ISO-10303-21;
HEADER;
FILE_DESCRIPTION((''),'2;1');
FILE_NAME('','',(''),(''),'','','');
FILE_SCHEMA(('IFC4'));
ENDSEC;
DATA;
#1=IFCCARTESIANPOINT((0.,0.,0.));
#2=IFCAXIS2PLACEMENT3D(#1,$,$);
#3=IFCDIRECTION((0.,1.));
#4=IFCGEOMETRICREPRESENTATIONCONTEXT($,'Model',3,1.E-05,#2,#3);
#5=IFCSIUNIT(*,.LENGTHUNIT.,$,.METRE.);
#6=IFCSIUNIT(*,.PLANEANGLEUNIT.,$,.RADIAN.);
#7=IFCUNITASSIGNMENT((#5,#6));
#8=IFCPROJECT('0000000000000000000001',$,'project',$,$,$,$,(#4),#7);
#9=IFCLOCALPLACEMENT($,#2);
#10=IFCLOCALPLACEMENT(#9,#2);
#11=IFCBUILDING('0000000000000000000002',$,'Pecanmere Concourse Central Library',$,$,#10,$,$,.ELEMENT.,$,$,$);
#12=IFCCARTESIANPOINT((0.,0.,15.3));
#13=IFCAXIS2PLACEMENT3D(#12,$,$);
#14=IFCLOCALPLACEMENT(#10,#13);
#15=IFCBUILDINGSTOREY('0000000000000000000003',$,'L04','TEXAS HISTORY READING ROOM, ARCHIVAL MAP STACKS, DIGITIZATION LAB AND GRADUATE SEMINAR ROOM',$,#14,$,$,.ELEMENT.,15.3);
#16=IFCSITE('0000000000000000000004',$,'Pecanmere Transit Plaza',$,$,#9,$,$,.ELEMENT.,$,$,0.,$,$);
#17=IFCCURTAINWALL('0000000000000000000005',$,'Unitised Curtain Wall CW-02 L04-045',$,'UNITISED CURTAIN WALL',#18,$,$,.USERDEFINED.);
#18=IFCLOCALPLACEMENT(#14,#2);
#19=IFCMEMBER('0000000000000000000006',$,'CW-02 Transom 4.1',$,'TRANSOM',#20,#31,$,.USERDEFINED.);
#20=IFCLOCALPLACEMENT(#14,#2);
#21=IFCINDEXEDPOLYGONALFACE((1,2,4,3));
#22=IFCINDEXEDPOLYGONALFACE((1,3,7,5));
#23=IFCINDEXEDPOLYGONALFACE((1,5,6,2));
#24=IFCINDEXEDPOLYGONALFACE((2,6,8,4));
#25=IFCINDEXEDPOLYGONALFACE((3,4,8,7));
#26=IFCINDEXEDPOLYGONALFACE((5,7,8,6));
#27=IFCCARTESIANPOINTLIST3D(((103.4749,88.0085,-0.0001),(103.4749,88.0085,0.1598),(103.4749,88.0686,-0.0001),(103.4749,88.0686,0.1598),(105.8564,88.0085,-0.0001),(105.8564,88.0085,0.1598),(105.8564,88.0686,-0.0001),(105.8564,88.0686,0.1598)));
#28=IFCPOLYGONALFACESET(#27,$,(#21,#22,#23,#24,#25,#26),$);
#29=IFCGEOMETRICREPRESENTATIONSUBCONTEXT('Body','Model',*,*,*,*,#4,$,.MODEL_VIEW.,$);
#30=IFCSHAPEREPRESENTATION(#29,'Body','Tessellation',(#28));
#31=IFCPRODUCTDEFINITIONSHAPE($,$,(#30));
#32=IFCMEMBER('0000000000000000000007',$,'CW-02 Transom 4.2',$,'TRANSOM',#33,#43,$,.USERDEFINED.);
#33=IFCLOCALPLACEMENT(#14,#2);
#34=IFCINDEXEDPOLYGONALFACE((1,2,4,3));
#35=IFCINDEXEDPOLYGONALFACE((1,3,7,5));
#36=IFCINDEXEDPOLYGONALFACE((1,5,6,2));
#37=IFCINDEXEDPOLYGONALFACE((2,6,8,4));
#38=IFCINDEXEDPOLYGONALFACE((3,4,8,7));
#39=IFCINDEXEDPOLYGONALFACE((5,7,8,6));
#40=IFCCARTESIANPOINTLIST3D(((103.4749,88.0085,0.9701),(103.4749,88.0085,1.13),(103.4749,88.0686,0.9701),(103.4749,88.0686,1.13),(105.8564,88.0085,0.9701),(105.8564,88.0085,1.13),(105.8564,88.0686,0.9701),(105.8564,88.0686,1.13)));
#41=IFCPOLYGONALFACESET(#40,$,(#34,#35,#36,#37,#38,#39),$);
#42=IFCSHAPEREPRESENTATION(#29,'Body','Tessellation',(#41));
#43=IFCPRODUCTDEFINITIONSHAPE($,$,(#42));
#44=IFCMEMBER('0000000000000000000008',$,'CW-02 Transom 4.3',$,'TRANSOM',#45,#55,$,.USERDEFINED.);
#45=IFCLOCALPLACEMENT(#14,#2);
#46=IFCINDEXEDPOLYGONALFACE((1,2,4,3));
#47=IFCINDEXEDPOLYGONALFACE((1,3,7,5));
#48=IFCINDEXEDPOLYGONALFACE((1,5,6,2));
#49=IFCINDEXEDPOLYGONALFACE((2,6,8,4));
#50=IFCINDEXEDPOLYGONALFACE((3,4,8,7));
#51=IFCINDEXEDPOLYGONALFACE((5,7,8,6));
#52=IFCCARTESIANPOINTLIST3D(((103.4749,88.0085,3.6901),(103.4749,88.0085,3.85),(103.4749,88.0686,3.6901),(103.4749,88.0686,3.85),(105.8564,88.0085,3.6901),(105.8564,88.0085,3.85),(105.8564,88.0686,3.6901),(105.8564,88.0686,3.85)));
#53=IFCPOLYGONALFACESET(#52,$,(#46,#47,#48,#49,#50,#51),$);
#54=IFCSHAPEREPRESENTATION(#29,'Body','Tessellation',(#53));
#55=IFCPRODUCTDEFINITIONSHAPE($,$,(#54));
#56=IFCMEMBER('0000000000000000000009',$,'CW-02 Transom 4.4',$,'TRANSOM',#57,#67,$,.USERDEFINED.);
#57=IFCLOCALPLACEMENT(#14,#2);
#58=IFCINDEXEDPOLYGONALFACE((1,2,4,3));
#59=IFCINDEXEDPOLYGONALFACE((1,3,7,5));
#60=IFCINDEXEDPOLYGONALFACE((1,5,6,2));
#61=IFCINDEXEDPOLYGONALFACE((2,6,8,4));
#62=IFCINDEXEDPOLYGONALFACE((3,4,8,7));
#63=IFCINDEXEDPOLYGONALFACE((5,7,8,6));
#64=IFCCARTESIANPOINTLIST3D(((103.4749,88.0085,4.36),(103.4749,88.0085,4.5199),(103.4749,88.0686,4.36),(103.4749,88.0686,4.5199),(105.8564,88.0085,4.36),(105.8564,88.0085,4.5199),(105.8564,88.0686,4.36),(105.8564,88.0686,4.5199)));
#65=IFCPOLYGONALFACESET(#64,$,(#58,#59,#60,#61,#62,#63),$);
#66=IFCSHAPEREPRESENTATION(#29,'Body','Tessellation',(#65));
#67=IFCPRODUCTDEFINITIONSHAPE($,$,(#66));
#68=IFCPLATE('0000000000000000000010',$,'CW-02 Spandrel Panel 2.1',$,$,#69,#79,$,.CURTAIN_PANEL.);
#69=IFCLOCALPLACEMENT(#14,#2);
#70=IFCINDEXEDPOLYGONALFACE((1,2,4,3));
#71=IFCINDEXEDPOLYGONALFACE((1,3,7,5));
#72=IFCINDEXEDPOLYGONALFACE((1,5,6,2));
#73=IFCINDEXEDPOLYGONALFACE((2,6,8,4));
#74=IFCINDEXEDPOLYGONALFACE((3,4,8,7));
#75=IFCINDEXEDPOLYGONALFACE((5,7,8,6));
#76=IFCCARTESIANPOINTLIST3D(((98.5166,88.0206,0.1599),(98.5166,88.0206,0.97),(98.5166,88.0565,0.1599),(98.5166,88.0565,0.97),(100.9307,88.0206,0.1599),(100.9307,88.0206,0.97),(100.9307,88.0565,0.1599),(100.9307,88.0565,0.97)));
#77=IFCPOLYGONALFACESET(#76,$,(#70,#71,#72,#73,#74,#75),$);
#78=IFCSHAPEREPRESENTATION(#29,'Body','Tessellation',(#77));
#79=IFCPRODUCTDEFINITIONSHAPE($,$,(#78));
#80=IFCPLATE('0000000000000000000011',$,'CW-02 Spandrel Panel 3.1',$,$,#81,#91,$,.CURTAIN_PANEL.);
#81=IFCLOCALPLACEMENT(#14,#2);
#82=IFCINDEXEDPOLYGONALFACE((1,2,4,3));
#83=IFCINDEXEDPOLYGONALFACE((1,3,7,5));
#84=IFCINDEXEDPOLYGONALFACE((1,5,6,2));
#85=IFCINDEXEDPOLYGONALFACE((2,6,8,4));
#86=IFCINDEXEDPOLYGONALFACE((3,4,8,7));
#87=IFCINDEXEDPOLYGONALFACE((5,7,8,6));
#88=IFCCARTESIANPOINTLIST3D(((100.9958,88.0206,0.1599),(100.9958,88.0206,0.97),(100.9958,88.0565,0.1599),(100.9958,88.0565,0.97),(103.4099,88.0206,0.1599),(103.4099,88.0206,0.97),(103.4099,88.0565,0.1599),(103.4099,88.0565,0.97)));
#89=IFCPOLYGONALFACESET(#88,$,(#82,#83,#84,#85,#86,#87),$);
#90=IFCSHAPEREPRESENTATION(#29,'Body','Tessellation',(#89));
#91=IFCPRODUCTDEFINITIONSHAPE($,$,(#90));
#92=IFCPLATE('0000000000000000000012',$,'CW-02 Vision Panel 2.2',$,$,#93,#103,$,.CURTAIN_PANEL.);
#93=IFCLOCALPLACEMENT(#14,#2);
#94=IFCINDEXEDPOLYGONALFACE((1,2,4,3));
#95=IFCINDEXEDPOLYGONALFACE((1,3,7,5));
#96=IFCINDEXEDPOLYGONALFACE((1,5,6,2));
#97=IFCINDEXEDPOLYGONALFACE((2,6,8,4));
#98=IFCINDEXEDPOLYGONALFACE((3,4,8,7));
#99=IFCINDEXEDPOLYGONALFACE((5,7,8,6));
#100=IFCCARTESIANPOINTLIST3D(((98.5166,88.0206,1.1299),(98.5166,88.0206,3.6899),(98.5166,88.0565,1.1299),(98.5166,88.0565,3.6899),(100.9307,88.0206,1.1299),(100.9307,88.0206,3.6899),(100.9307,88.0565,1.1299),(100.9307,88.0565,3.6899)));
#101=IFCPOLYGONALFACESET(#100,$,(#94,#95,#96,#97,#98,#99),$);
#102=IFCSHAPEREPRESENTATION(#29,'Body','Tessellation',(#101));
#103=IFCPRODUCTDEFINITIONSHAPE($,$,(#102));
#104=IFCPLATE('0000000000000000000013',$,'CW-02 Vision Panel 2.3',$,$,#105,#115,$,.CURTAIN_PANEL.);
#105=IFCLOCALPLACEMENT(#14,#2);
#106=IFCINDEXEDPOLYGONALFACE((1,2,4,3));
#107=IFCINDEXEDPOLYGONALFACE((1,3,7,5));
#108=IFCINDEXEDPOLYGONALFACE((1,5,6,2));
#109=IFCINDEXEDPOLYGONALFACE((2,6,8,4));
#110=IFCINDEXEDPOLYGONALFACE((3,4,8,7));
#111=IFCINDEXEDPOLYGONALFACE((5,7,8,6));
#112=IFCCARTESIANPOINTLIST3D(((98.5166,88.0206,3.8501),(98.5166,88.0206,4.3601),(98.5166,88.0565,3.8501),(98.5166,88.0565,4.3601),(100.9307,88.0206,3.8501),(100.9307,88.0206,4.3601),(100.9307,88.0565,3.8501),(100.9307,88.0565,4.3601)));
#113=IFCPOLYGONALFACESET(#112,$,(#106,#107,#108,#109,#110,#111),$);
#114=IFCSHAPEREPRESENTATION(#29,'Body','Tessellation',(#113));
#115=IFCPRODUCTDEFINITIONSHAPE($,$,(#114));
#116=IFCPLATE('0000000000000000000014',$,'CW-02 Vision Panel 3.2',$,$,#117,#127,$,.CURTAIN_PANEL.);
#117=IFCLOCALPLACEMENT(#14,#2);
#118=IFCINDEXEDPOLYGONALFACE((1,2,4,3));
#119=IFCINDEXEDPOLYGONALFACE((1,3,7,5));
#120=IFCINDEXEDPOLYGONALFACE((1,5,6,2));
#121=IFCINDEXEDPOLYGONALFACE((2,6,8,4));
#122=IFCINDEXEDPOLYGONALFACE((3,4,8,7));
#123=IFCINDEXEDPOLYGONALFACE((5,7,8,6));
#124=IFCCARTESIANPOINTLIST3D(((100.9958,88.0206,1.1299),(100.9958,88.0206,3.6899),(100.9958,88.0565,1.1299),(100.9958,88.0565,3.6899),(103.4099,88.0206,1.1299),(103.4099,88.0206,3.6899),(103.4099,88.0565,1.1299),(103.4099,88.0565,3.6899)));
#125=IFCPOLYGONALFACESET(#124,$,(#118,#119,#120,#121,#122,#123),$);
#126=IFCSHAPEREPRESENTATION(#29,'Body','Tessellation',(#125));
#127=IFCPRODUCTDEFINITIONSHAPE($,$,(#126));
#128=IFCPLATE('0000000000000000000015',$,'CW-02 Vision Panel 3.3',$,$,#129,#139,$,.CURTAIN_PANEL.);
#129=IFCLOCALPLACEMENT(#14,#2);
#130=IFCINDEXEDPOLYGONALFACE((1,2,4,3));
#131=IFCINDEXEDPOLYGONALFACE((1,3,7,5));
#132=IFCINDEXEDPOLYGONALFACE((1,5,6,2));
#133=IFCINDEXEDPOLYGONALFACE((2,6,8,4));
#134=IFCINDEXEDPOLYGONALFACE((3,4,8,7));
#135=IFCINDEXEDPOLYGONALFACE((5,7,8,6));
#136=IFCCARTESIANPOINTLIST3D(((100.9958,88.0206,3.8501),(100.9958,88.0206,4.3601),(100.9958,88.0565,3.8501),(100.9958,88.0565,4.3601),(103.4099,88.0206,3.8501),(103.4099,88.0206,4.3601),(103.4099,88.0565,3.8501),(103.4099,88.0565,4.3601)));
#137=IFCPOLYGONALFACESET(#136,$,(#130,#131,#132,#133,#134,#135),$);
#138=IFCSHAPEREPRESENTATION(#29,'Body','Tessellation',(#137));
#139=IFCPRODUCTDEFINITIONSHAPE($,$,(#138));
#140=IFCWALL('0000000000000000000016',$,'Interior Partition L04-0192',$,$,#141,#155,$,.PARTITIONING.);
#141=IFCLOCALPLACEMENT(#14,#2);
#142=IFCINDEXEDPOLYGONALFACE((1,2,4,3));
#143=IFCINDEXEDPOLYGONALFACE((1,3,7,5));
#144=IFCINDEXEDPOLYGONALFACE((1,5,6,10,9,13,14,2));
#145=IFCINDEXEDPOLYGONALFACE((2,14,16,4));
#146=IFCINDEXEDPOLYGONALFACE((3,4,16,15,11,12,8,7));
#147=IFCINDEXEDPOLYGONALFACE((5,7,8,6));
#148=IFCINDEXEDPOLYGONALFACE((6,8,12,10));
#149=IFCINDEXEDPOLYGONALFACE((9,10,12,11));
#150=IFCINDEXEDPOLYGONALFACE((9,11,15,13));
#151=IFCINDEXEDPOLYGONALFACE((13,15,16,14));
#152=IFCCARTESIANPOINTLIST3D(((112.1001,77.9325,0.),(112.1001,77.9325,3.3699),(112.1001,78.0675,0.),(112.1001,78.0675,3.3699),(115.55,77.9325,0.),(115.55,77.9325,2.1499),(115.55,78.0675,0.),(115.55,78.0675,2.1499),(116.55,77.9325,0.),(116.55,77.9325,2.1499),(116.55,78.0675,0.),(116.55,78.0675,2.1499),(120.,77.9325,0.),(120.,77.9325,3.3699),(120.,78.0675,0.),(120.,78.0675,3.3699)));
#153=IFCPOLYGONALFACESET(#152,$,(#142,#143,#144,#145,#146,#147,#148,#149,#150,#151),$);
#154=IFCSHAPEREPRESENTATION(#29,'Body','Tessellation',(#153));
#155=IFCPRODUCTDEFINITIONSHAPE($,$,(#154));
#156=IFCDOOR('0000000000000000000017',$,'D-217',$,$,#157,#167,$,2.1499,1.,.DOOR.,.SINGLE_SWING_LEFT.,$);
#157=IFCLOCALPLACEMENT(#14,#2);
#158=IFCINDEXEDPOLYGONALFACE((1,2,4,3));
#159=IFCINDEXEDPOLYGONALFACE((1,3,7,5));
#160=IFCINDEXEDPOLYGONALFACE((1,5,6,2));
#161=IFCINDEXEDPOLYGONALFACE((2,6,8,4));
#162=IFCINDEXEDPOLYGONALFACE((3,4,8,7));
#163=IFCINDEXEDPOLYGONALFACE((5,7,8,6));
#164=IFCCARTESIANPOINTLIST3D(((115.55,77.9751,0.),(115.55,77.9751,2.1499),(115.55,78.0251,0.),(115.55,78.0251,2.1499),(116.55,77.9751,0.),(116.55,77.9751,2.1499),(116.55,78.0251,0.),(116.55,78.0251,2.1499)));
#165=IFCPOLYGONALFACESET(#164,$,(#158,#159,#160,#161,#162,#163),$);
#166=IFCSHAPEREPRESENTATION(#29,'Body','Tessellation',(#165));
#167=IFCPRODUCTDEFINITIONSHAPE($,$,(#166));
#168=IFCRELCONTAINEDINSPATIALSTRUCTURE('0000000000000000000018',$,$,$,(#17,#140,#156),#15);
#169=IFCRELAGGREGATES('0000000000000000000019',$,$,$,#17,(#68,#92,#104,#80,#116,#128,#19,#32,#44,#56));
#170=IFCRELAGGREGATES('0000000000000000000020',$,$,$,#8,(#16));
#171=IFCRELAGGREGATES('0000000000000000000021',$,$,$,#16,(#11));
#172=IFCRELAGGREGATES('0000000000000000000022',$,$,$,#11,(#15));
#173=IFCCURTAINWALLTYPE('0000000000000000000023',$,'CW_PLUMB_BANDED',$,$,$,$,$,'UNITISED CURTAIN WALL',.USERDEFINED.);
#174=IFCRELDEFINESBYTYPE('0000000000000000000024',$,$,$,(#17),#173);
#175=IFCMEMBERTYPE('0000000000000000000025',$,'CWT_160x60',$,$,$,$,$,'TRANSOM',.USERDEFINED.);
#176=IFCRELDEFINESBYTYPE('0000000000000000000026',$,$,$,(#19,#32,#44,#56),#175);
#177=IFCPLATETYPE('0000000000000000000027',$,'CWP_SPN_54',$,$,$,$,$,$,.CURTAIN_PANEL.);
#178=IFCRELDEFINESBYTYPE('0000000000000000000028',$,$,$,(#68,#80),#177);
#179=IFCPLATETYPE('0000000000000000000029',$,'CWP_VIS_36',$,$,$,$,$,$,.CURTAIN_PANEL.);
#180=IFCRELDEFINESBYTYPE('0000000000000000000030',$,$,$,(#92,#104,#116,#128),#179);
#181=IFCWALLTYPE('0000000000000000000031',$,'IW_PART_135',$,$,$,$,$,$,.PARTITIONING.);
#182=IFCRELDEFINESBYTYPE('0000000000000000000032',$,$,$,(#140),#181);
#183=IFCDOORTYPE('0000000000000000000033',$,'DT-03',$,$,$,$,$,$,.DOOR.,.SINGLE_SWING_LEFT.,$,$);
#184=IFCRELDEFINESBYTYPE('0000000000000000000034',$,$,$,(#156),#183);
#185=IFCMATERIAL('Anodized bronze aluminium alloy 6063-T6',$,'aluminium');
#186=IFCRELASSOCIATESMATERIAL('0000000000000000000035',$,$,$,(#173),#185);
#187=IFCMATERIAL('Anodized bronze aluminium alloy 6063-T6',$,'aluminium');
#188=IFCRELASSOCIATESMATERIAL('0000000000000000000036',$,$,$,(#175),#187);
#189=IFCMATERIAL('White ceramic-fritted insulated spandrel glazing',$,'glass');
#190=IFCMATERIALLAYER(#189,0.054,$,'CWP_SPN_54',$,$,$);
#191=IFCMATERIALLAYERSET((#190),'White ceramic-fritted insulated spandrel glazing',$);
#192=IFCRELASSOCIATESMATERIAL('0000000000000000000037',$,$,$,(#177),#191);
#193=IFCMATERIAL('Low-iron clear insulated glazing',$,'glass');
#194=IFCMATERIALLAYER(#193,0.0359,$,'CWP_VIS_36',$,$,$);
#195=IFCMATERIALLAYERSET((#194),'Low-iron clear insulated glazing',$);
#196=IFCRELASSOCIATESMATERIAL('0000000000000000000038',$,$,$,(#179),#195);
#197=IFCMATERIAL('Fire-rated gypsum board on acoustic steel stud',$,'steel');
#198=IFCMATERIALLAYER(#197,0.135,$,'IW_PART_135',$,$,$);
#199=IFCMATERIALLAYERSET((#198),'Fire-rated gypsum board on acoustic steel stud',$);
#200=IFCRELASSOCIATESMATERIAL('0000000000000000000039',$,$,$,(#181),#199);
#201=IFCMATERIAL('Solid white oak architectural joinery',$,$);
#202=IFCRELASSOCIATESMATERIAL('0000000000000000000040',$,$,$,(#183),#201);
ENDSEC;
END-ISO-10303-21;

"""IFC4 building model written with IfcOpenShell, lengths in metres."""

from ifc_helpers import new_model, si_unit, direction, frame, frame_2d, origin, origin_2d, place, context, subcontext, project, spatial, rectangle, extrude, material, layer, layer_set, material_profile, profile_set, type_object, element, fill, aggregate, save


model = new_model("IFC4")

# Units and contexts
model_context = context("Model", 3, precision=1e-05, world=origin(), true_north=direction((0.0, 1.0)))
body_context = subcontext(model_context, "Body", "Model", "MODEL_VIEW")
ifc_project = project(units=[si_unit("LENGTHUNIT", "METRE"), si_unit("PLANEANGLEUNIT", "RADIAN")], contexts=[model_context])

# Site, building, storey
site_placement = place(None, origin())
site = spatial("IfcSite", under=ifc_project, at=site_placement, Name="Pecanmere Transit Plaza", CompositionType="ELEMENT", RefElevation=0.0)
building_placement = place(site_placement, origin())
building = spatial("IfcBuilding", under=site, at=building_placement, Name="Pecanmere Concourse Central Library", CompositionType="ELEMENT")
storey_placement = place(building_placement, frame((0.0, 0.0, 15.3)))
storey = spatial("IfcBuildingStorey", under=building, at=storey_placement, Name="L04", Description="TEXAS HISTORY READING ROOM, ARCHIVAL MAP STACKS, DIGITIZATION LAB AND GRADUATE SEMINAR ROOM", CompositionType="ELEMENT", Elevation=15.3)

# Curtain wall, members, plates
ifc_material_1 = material(Name="Anodized bronze aluminium alloy 6063-T6", Category="aluminium")
curtain_wall_type = type_object("IfcCurtainWallType", Name="CW_PLUMB_BANDED", ElementType="UNITISED CURTAIN WALL", PredefinedType="USERDEFINED", material=ifc_material_1)
curtain_wall_placement = place(storey_placement, origin())
curtain_wall = element("IfcCurtainWall", 1, at=curtain_wall_placement, inside=storey, type_object=curtain_wall_type, Name="Unitised Curtain Wall CW-02 L04-045", ObjectType="UNITISED CURTAIN WALL", PredefinedType="USERDEFINED")
ifc_material_2 = material(Name="Anodized bronze aluminium alloy 6063-T6", Category="aluminium")
ifc_material_profile_1 = material_profile(ifc_material_2, rectangle(XDim=0.0601, YDim=0.1599, at=origin_2d()), Name="AL 60x160")
ifc_profile_set_1 = profile_set([ifc_material_profile_1], Name="Anodized bronze aluminium alloy 6063-T6")
member_type_1 = type_object("IfcMemberType", Name="CWT_160x60", ElementType="TRANSOM", PredefinedType="USERDEFINED", material=ifc_profile_set_1)
member_1_placement = place(storey_placement, frame((103.4749, 88.0386, 0.0798), z_axis=(1.0, 0.0, 0.0), x_axis=(0.0, 1.0, 0.0)))
member_1 = element("IfcMember", 2, at=member_1_placement, type_object=member_type_1, Name="CW-02 Transom 4.1", ObjectType="TRANSOM", PredefinedType="USERDEFINED", context=body_context, shape_type="SweptSolid", body=[
    extrude(rectangle(XDim=0.0601, YDim=0.1599, at=origin_2d()), origin(), (0.0, 0.0, 1.0), 2.3816),
])
member_2_placement = place(storey_placement, frame((103.4749, 88.0386, 1.05), z_axis=(1.0, 0.0, 0.0), x_axis=(0.0, 1.0, 0.0)))
member_2 = element("IfcMember", 3, at=member_2_placement, type_object=member_type_1, Name="CW-02 Transom 4.2", ObjectType="TRANSOM", PredefinedType="USERDEFINED", context=body_context, shape_type="SweptSolid", body=[
    extrude(rectangle(XDim=0.0601, YDim=0.1599, at=origin_2d()), origin(), (0.0, 0.0, 1.0), 2.3816),
])
member_3_placement = place(storey_placement, frame((103.4749, 88.0386, 3.77), z_axis=(1.0, 0.0, 0.0), x_axis=(0.0, 1.0, 0.0)))
member_3 = element("IfcMember", 4, at=member_3_placement, type_object=member_type_1, Name="CW-02 Transom 4.3", ObjectType="TRANSOM", PredefinedType="USERDEFINED", context=body_context, shape_type="SweptSolid", body=[
    extrude(rectangle(XDim=0.0601, YDim=0.1599, at=origin_2d()), origin(), (0.0, 0.0, 1.0), 2.3816),
])
member_4_placement = place(storey_placement, frame((103.4749, 88.0386, 4.4399), z_axis=(1.0, 0.0, 0.0), x_axis=(0.0, 1.0, 0.0)))
member_4 = element("IfcMember", 5, at=member_4_placement, type_object=member_type_1, Name="CW-02 Transom 4.4", ObjectType="TRANSOM", PredefinedType="USERDEFINED", context=body_context, shape_type="SweptSolid", body=[
    extrude(rectangle(XDim=0.0601, YDim=0.1599, at=origin_2d()), origin(), (0.0, 0.0, 1.0), 2.3816),
])
ifc_material_3 = material(Name="White ceramic-fritted insulated spandrel glazing", Category="glass")
ifc_layer_1 = layer(ifc_material_3, 0.054, Name="CWP_SPN_54")
ifc_layer_set_1 = layer_set([ifc_layer_1], Name="White ceramic-fritted insulated spandrel glazing")
plate_type_1 = type_object("IfcPlateType", Name="CWP_SPN_54", PredefinedType="CURTAIN_PANEL", material=ifc_layer_set_1)
plate_1_placement = place(storey_placement, frame((99.7236, 88.0386, 0.1599), z_axis=(0.0, 0.0, 1.0), x_axis=(1.0, 0.0, 0.0)))
plate_1 = element("IfcPlate", 6, at=plate_1_placement, type_object=plate_type_1, Name="CW-02 Spandrel Panel 2.1", PredefinedType="CURTAIN_PANEL", context=body_context, shape_type="SweptSolid", body=[
    extrude(rectangle(XDim=2.4141, YDim=0.0359, at=origin_2d()), origin(), (0.0, 0.0, 1.0), 0.8101),
])
plate_2_placement = place(storey_placement, frame((102.2029, 88.0386, 0.1599), z_axis=(0.0, 0.0, 1.0), x_axis=(1.0, 0.0, 0.0)))
plate_2 = element("IfcPlate", 7, at=plate_2_placement, type_object=plate_type_1, Name="CW-02 Spandrel Panel 3.1", PredefinedType="CURTAIN_PANEL", context=body_context, shape_type="SweptSolid", body=[
    extrude(rectangle(XDim=2.4141, YDim=0.0359, at=origin_2d()), origin(), (0.0, 0.0, 1.0), 0.8101),
])
ifc_material_4 = material(Name="Low-iron clear insulated glazing", Category="glass")
ifc_layer_2 = layer(ifc_material_4, 0.0359, Name="CWP_VIS_36")
ifc_layer_set_2 = layer_set([ifc_layer_2], Name="Low-iron clear insulated glazing")
plate_type_2 = type_object("IfcPlateType", Name="CWP_VIS_36", PredefinedType="CURTAIN_PANEL", material=ifc_layer_set_2)
plate_3_placement = place(storey_placement, frame((99.7236, 88.0386, 1.1299), z_axis=(0.0, 0.0, 1.0), x_axis=(1.0, 0.0, 0.0)))
plate_3 = element("IfcPlate", 8, at=plate_3_placement, type_object=plate_type_2, Name="CW-02 Vision Panel 2.2", PredefinedType="CURTAIN_PANEL", context=body_context, shape_type="SweptSolid", body=[
    extrude(rectangle(XDim=2.4141, YDim=0.0359, at=origin_2d()), origin(), (0.0, 0.0, 1.0), 2.5601),
])
plate_4_placement = place(storey_placement, frame((99.7236, 88.0386, 3.8501), z_axis=(0.0, 0.0, 1.0), x_axis=(1.0, 0.0, 0.0)))
plate_4 = element("IfcPlate", 9, at=plate_4_placement, type_object=plate_type_2, Name="CW-02 Vision Panel 2.3", PredefinedType="CURTAIN_PANEL", context=body_context, shape_type="SweptSolid", body=[
    extrude(rectangle(XDim=2.4141, YDim=0.0359, at=origin_2d()), origin(), (0.0, 0.0, 1.0), 0.51),
])
plate_5_placement = place(storey_placement, frame((102.2029, 88.0386, 1.1299), z_axis=(0.0, 0.0, 1.0), x_axis=(1.0, 0.0, 0.0)))
plate_5 = element("IfcPlate", 10, at=plate_5_placement, type_object=plate_type_2, Name="CW-02 Vision Panel 3.2", PredefinedType="CURTAIN_PANEL", context=body_context, shape_type="SweptSolid", body=[
    extrude(rectangle(XDim=2.4141, YDim=0.0359, at=origin_2d()), origin(), (0.0, 0.0, 1.0), 2.5601),
])
plate_6_placement = place(storey_placement, frame((102.2029, 88.0386, 3.8501), z_axis=(0.0, 0.0, 1.0), x_axis=(1.0, 0.0, 0.0)))
plate_6 = element("IfcPlate", 11, at=plate_6_placement, type_object=plate_type_2, Name="CW-02 Vision Panel 3.3", PredefinedType="CURTAIN_PANEL", context=body_context, shape_type="SweptSolid", body=[
    extrude(rectangle(XDim=2.4141, YDim=0.0359, at=origin_2d()), origin(), (0.0, 0.0, 1.0), 0.51),
])
aggregate(curtain_wall, [plate_1, plate_3, plate_4, plate_2, plate_5, plate_6, member_1, member_2, member_3, member_4])

# Wall, opening, door
ifc_material_5 = material(Name="Fire-rated gypsum board on acoustic steel stud", Category="steel")
ifc_layer_3 = layer(ifc_material_5, 0.135, Name="IW_PART_135")
ifc_layer_set_3 = layer_set([ifc_layer_3], Name="Fire-rated gypsum board on acoustic steel stud")
wall_type = type_object("IfcWallType", Name="IW_PART_135", PredefinedType="PARTITIONING", material=ifc_layer_set_3)
wall_placement = place(storey_placement, frame((112.1001, 78.0, 0.0), z_axis=(0.0, 0.0, 1.0), x_axis=(1.0, 0.0, 0.0)))
wall = element("IfcWall", 12, at=wall_placement, inside=storey, type_object=wall_type, Name="Interior Partition L04-0192", PredefinedType="PARTITIONING", context=body_context, shape_type="SweptSolid", body=[
    extrude(rectangle(XDim=7.8999, YDim=0.135, at=frame_2d((3.95, 0.0))), origin(), (0.0, 0.0, 1.0), 3.3699),
])
opening_placement = place(wall_placement, frame((3.45, 0.0, 0.0)))
opening = element("IfcOpeningElement", 13, at=opening_placement, cuts=wall, PredefinedType="OPENING", context=body_context, shape_type="SweptSolid", body=[
    extrude(rectangle(XDim=1.0, YDim=2.1499, at=frame_2d((0.5, 1.075))), frame((0.0, 0.0796, 0.0), z_axis=(0.0, -1.0, 0.0), x_axis=(1.0, 0.0, 0.0)), (0.0, 0.0, 1.0), 0.1589),
])
ifc_material_6 = material(Name="Solid white oak architectural joinery")
door_type = type_object("IfcDoorType", Name="DT-03", OperationType="SINGLE_SWING_LEFT", PredefinedType="DOOR", material=ifc_material_6)
door_placement = place(opening_placement, frame((1.0, 0.0, 0.0), z_axis=(0.0, 0.0, 1.0), x_axis=(-1.0, 0.0, 0.0)))
door = element("IfcDoor", 14, at=door_placement, inside=storey, type_object=door_type, Name="D-217", OperationType="SINGLE_SWING_LEFT", OverallHeight=2.1499, OverallWidth=1.0, PredefinedType="DOOR", context=body_context, shape_type="SweptSolid", body=[
    extrude(rectangle(XDim=1.0, YDim=2.1499, at=frame_2d((0.5, 1.075))), frame((0.0, 0.0249, 0.0), z_axis=(0.0, -1.0, 0.0), x_axis=(1.0, 0.0, 0.0)), (0.0, 0.0, 1.0), 0.05),
])
fill(opening, door)

save(model, "model.ifc")
